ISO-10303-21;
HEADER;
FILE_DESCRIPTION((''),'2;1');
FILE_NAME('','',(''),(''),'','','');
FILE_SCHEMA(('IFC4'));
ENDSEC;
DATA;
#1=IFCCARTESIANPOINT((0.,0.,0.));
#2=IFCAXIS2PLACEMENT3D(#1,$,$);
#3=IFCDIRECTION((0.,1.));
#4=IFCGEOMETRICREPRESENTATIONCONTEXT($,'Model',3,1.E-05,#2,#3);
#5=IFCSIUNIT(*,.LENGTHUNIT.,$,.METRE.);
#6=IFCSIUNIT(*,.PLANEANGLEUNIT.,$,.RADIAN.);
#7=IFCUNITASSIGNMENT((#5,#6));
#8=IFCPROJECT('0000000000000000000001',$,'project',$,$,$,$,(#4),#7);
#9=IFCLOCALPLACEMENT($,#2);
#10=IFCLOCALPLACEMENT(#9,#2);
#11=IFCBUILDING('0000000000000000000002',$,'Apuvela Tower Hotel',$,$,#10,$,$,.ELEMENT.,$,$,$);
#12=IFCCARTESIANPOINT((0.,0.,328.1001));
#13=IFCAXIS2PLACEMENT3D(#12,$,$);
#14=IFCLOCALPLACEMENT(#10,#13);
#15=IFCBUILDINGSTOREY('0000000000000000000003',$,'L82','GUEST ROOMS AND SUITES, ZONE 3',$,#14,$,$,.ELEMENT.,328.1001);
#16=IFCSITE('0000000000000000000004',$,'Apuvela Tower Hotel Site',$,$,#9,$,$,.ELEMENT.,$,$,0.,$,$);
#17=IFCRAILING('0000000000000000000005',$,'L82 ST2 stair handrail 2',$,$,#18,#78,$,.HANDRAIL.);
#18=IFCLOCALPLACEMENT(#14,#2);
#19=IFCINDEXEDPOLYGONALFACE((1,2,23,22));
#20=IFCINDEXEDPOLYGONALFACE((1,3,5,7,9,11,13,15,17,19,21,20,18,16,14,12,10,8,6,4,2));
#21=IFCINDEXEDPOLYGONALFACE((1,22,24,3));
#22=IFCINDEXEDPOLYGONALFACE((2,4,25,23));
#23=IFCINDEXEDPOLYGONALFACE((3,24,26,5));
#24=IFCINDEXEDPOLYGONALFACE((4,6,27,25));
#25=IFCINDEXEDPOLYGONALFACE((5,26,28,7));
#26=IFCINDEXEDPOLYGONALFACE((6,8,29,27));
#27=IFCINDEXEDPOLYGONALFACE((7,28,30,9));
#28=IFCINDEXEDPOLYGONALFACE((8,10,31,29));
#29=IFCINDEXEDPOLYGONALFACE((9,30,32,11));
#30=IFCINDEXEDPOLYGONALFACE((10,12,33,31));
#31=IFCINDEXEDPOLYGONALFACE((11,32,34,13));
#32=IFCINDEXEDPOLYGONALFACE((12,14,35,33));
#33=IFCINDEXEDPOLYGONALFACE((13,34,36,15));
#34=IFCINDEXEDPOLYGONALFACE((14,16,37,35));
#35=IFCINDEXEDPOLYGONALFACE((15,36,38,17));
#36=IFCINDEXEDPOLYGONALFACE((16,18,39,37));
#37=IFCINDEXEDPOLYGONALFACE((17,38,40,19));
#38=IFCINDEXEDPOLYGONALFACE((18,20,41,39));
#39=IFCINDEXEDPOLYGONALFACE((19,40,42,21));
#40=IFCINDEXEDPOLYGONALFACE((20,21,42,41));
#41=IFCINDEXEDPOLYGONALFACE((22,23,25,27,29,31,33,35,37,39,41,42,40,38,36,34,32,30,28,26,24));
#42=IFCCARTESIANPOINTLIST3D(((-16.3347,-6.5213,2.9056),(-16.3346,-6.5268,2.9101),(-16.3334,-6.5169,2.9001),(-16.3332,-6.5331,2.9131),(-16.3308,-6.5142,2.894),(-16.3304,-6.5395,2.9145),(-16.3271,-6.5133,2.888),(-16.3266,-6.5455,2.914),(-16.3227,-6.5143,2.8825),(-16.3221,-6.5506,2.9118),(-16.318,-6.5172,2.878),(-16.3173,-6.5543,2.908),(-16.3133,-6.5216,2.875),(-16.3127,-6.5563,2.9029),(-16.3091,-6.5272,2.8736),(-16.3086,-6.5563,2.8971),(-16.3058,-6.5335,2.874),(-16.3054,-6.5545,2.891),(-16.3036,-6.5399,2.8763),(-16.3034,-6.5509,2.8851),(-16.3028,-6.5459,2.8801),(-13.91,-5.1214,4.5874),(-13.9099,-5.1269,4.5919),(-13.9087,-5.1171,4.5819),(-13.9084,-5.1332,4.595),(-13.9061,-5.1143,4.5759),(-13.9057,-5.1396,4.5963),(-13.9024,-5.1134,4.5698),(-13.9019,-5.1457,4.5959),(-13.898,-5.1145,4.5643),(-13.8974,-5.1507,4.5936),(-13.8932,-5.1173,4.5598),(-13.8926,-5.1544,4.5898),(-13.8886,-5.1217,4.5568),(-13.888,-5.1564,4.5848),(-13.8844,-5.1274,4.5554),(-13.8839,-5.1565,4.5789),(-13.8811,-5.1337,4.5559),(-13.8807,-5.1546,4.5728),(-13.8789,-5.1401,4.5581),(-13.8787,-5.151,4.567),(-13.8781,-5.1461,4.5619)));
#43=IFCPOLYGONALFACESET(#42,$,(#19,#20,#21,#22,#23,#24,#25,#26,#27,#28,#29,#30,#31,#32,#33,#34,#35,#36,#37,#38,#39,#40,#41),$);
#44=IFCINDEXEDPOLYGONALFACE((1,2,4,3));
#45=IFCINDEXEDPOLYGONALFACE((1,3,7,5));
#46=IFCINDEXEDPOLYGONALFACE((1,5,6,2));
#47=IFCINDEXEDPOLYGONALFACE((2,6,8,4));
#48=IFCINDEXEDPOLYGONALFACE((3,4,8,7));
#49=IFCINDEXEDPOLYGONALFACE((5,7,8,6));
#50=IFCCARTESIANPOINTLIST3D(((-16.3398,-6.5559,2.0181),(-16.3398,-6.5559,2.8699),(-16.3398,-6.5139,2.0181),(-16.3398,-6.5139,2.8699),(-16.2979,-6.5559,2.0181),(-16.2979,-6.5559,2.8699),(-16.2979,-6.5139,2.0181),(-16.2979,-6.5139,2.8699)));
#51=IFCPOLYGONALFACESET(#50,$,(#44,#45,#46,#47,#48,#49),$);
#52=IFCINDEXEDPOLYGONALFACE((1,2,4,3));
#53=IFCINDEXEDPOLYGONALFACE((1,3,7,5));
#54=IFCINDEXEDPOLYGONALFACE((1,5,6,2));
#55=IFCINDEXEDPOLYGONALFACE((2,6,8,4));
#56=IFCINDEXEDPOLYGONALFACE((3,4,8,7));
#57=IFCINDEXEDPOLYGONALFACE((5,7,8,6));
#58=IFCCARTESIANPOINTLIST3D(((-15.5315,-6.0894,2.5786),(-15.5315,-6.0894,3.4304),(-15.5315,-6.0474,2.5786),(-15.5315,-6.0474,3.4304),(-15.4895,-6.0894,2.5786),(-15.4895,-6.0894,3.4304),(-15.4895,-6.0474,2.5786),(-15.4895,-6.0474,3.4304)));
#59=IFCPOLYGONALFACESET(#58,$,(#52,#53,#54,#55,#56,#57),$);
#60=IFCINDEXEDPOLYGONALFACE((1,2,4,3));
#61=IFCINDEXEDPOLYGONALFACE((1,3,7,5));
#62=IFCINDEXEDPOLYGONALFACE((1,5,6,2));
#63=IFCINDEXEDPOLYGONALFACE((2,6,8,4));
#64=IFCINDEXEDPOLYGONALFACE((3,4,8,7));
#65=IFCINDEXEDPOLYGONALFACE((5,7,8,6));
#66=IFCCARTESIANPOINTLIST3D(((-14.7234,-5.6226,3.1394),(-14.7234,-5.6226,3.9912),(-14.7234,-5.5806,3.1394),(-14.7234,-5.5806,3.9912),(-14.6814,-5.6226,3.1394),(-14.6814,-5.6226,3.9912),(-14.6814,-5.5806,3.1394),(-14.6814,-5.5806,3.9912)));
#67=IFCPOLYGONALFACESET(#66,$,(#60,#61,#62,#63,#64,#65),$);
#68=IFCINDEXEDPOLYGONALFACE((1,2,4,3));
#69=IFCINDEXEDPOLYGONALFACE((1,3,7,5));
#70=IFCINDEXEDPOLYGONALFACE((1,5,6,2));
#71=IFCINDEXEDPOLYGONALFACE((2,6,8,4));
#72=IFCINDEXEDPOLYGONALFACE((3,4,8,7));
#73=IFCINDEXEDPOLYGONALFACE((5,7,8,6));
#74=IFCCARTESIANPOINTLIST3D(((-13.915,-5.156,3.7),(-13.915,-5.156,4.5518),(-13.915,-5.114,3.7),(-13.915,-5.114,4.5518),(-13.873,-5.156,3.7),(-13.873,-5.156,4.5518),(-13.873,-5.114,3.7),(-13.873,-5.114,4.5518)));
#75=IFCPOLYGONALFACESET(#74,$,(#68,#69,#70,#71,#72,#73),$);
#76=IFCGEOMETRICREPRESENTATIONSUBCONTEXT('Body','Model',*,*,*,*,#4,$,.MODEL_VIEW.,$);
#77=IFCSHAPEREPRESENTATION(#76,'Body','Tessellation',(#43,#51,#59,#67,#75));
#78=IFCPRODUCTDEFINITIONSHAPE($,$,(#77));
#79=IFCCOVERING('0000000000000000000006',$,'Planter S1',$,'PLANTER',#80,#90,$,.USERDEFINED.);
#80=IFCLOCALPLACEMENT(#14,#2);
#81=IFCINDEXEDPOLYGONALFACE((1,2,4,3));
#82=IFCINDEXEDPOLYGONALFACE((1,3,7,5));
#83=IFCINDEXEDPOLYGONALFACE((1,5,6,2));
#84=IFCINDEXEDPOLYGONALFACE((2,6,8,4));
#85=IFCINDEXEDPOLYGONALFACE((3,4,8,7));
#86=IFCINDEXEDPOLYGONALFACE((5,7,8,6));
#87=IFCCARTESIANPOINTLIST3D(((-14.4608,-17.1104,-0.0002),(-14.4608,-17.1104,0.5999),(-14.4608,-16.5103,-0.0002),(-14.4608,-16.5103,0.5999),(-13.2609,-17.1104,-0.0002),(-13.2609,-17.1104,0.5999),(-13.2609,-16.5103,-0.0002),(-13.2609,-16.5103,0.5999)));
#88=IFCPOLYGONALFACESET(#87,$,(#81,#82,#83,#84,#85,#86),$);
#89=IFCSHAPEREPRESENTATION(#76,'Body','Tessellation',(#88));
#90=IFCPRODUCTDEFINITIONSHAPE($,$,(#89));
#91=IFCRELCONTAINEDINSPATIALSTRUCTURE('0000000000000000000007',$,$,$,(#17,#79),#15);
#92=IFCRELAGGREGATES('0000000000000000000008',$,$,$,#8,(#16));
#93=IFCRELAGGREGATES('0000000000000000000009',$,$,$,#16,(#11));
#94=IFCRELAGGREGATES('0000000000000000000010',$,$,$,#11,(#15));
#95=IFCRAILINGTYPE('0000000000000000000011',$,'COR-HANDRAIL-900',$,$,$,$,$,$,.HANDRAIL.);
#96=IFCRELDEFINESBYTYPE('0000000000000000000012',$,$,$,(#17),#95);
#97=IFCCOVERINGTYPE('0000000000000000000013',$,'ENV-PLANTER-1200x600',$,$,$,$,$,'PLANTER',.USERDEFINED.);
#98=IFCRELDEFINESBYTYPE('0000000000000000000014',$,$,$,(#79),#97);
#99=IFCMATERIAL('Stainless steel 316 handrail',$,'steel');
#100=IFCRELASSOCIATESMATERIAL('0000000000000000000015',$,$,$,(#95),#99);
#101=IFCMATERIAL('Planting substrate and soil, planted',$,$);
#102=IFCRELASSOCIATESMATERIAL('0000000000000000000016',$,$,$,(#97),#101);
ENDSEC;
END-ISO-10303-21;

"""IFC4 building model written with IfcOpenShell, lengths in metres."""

from ifc_helpers import new_model, si_unit, direction, frame, origin, origin_2d, place, context, subcontext, project, spatial, rectangle, circle, extrude, material, type_object, element, save


model = new_model("IFC4")

# Units and contexts
model_context = context("Model", 3, precision=1e-05, world=origin(), true_north=direction((0.0, 1.0)))
body_context = subcontext(model_context, "Body", "Model", "MODEL_VIEW")
ifc_project = project(units=[si_unit("LENGTHUNIT", "METRE"), si_unit("PLANEANGLEUNIT", "RADIAN")], contexts=[model_context])

# Site, building, storey
site_placement = place(None, origin())
site = spatial("IfcSite", under=ifc_project, at=site_placement, Name="Apuvela Tower Hotel Site", CompositionType="ELEMENT", RefElevation=0.0)
building_placement = place(site_placement, origin())
building = spatial("IfcBuilding", under=site, at=building_placement, Name="Apuvela Tower Hotel", CompositionType="ELEMENT")
storey_placement = place(building_placement, frame((0.0, 0.0, 328.1001)))
storey = spatial("IfcBuildingStorey", under=building, at=storey_placement, Name="L82", Description="GUEST ROOMS AND SUITES, ZONE 3", CompositionType="ELEMENT", Elevation=328.1001)

# Railing
ifc_material_1 = material(Name="Stainless steel 316 handrail", Category="steel")
railing_type_1 = type_object("IfcRailingType", Name="COR-HANDRAIL-900", PredefinedType="HANDRAIL", material=ifc_material_1)
railing_1_placement = place(storey_placement, frame((-16.3188, -6.5349, 2.0181)))
element("IfcRailing", 1, at=railing_1_placement, inside=storey, type_object=railing_type_1, Name="L82 ST2 stair handrail 2", PredefinedType="HANDRAIL", context=body_context, shape_type="SweptSolid", body=[
    extrude(circle(Radius=0.0239, at=origin_2d()), frame((0.0, 0.0, 0.876), z_axis=(0.74239, 0.428601, 0.514934), x_axis=(-0.499984, 0.866035, 0.0)), (0.0, 0.0, 1.0), 3.2661),
    extrude(rectangle(XDim=0.042, YDim=0.042, at=origin_2d()), origin(), (0.0, 0.0, 1.0), 0.8518),
    extrude(rectangle(XDim=0.042, YDim=0.042, at=origin_2d()), frame((0.8083, 0.4666, 0.5605)), (0.0, 0.0, 1.0), 0.8518),
    extrude(rectangle(XDim=0.042, YDim=0.042, at=origin_2d()), frame((1.6165, 0.9333, 1.1213)), (0.0, 0.0, 1.0), 0.8518),
    extrude(rectangle(XDim=0.042, YDim=0.042, at=origin_2d()), frame((2.4248, 1.3999, 1.6819)), (0.0, 0.0, 1.0), 0.8518),
])

# Covering
ifc_material_2 = material(Name="Planting substrate and soil, planted")
covering_type = type_object("IfcCoveringType", Name="ENV-PLANTER-1200x600", ElementType="PLANTER", PredefinedType="USERDEFINED", material=ifc_material_2)
covering_placement = place(storey_placement, frame((-13.8608, -16.8103, -0.0002), z_axis=(0.0, 0.0, 1.0), x_axis=(1.0, 0.0, 0.0)))
element("IfcCovering", 2, at=covering_placement, inside=storey, type_object=covering_type, Name="Planter S1", ObjectType="PLANTER", PredefinedType="USERDEFINED", context=body_context, shape_type="SweptSolid", body=[
    extrude(rectangle(XDim=1.2, YDim=0.6001, at=origin_2d()), origin(), (0.0, 0.0, 1.0), 0.6001),
])

save(model, "model.ifc")
